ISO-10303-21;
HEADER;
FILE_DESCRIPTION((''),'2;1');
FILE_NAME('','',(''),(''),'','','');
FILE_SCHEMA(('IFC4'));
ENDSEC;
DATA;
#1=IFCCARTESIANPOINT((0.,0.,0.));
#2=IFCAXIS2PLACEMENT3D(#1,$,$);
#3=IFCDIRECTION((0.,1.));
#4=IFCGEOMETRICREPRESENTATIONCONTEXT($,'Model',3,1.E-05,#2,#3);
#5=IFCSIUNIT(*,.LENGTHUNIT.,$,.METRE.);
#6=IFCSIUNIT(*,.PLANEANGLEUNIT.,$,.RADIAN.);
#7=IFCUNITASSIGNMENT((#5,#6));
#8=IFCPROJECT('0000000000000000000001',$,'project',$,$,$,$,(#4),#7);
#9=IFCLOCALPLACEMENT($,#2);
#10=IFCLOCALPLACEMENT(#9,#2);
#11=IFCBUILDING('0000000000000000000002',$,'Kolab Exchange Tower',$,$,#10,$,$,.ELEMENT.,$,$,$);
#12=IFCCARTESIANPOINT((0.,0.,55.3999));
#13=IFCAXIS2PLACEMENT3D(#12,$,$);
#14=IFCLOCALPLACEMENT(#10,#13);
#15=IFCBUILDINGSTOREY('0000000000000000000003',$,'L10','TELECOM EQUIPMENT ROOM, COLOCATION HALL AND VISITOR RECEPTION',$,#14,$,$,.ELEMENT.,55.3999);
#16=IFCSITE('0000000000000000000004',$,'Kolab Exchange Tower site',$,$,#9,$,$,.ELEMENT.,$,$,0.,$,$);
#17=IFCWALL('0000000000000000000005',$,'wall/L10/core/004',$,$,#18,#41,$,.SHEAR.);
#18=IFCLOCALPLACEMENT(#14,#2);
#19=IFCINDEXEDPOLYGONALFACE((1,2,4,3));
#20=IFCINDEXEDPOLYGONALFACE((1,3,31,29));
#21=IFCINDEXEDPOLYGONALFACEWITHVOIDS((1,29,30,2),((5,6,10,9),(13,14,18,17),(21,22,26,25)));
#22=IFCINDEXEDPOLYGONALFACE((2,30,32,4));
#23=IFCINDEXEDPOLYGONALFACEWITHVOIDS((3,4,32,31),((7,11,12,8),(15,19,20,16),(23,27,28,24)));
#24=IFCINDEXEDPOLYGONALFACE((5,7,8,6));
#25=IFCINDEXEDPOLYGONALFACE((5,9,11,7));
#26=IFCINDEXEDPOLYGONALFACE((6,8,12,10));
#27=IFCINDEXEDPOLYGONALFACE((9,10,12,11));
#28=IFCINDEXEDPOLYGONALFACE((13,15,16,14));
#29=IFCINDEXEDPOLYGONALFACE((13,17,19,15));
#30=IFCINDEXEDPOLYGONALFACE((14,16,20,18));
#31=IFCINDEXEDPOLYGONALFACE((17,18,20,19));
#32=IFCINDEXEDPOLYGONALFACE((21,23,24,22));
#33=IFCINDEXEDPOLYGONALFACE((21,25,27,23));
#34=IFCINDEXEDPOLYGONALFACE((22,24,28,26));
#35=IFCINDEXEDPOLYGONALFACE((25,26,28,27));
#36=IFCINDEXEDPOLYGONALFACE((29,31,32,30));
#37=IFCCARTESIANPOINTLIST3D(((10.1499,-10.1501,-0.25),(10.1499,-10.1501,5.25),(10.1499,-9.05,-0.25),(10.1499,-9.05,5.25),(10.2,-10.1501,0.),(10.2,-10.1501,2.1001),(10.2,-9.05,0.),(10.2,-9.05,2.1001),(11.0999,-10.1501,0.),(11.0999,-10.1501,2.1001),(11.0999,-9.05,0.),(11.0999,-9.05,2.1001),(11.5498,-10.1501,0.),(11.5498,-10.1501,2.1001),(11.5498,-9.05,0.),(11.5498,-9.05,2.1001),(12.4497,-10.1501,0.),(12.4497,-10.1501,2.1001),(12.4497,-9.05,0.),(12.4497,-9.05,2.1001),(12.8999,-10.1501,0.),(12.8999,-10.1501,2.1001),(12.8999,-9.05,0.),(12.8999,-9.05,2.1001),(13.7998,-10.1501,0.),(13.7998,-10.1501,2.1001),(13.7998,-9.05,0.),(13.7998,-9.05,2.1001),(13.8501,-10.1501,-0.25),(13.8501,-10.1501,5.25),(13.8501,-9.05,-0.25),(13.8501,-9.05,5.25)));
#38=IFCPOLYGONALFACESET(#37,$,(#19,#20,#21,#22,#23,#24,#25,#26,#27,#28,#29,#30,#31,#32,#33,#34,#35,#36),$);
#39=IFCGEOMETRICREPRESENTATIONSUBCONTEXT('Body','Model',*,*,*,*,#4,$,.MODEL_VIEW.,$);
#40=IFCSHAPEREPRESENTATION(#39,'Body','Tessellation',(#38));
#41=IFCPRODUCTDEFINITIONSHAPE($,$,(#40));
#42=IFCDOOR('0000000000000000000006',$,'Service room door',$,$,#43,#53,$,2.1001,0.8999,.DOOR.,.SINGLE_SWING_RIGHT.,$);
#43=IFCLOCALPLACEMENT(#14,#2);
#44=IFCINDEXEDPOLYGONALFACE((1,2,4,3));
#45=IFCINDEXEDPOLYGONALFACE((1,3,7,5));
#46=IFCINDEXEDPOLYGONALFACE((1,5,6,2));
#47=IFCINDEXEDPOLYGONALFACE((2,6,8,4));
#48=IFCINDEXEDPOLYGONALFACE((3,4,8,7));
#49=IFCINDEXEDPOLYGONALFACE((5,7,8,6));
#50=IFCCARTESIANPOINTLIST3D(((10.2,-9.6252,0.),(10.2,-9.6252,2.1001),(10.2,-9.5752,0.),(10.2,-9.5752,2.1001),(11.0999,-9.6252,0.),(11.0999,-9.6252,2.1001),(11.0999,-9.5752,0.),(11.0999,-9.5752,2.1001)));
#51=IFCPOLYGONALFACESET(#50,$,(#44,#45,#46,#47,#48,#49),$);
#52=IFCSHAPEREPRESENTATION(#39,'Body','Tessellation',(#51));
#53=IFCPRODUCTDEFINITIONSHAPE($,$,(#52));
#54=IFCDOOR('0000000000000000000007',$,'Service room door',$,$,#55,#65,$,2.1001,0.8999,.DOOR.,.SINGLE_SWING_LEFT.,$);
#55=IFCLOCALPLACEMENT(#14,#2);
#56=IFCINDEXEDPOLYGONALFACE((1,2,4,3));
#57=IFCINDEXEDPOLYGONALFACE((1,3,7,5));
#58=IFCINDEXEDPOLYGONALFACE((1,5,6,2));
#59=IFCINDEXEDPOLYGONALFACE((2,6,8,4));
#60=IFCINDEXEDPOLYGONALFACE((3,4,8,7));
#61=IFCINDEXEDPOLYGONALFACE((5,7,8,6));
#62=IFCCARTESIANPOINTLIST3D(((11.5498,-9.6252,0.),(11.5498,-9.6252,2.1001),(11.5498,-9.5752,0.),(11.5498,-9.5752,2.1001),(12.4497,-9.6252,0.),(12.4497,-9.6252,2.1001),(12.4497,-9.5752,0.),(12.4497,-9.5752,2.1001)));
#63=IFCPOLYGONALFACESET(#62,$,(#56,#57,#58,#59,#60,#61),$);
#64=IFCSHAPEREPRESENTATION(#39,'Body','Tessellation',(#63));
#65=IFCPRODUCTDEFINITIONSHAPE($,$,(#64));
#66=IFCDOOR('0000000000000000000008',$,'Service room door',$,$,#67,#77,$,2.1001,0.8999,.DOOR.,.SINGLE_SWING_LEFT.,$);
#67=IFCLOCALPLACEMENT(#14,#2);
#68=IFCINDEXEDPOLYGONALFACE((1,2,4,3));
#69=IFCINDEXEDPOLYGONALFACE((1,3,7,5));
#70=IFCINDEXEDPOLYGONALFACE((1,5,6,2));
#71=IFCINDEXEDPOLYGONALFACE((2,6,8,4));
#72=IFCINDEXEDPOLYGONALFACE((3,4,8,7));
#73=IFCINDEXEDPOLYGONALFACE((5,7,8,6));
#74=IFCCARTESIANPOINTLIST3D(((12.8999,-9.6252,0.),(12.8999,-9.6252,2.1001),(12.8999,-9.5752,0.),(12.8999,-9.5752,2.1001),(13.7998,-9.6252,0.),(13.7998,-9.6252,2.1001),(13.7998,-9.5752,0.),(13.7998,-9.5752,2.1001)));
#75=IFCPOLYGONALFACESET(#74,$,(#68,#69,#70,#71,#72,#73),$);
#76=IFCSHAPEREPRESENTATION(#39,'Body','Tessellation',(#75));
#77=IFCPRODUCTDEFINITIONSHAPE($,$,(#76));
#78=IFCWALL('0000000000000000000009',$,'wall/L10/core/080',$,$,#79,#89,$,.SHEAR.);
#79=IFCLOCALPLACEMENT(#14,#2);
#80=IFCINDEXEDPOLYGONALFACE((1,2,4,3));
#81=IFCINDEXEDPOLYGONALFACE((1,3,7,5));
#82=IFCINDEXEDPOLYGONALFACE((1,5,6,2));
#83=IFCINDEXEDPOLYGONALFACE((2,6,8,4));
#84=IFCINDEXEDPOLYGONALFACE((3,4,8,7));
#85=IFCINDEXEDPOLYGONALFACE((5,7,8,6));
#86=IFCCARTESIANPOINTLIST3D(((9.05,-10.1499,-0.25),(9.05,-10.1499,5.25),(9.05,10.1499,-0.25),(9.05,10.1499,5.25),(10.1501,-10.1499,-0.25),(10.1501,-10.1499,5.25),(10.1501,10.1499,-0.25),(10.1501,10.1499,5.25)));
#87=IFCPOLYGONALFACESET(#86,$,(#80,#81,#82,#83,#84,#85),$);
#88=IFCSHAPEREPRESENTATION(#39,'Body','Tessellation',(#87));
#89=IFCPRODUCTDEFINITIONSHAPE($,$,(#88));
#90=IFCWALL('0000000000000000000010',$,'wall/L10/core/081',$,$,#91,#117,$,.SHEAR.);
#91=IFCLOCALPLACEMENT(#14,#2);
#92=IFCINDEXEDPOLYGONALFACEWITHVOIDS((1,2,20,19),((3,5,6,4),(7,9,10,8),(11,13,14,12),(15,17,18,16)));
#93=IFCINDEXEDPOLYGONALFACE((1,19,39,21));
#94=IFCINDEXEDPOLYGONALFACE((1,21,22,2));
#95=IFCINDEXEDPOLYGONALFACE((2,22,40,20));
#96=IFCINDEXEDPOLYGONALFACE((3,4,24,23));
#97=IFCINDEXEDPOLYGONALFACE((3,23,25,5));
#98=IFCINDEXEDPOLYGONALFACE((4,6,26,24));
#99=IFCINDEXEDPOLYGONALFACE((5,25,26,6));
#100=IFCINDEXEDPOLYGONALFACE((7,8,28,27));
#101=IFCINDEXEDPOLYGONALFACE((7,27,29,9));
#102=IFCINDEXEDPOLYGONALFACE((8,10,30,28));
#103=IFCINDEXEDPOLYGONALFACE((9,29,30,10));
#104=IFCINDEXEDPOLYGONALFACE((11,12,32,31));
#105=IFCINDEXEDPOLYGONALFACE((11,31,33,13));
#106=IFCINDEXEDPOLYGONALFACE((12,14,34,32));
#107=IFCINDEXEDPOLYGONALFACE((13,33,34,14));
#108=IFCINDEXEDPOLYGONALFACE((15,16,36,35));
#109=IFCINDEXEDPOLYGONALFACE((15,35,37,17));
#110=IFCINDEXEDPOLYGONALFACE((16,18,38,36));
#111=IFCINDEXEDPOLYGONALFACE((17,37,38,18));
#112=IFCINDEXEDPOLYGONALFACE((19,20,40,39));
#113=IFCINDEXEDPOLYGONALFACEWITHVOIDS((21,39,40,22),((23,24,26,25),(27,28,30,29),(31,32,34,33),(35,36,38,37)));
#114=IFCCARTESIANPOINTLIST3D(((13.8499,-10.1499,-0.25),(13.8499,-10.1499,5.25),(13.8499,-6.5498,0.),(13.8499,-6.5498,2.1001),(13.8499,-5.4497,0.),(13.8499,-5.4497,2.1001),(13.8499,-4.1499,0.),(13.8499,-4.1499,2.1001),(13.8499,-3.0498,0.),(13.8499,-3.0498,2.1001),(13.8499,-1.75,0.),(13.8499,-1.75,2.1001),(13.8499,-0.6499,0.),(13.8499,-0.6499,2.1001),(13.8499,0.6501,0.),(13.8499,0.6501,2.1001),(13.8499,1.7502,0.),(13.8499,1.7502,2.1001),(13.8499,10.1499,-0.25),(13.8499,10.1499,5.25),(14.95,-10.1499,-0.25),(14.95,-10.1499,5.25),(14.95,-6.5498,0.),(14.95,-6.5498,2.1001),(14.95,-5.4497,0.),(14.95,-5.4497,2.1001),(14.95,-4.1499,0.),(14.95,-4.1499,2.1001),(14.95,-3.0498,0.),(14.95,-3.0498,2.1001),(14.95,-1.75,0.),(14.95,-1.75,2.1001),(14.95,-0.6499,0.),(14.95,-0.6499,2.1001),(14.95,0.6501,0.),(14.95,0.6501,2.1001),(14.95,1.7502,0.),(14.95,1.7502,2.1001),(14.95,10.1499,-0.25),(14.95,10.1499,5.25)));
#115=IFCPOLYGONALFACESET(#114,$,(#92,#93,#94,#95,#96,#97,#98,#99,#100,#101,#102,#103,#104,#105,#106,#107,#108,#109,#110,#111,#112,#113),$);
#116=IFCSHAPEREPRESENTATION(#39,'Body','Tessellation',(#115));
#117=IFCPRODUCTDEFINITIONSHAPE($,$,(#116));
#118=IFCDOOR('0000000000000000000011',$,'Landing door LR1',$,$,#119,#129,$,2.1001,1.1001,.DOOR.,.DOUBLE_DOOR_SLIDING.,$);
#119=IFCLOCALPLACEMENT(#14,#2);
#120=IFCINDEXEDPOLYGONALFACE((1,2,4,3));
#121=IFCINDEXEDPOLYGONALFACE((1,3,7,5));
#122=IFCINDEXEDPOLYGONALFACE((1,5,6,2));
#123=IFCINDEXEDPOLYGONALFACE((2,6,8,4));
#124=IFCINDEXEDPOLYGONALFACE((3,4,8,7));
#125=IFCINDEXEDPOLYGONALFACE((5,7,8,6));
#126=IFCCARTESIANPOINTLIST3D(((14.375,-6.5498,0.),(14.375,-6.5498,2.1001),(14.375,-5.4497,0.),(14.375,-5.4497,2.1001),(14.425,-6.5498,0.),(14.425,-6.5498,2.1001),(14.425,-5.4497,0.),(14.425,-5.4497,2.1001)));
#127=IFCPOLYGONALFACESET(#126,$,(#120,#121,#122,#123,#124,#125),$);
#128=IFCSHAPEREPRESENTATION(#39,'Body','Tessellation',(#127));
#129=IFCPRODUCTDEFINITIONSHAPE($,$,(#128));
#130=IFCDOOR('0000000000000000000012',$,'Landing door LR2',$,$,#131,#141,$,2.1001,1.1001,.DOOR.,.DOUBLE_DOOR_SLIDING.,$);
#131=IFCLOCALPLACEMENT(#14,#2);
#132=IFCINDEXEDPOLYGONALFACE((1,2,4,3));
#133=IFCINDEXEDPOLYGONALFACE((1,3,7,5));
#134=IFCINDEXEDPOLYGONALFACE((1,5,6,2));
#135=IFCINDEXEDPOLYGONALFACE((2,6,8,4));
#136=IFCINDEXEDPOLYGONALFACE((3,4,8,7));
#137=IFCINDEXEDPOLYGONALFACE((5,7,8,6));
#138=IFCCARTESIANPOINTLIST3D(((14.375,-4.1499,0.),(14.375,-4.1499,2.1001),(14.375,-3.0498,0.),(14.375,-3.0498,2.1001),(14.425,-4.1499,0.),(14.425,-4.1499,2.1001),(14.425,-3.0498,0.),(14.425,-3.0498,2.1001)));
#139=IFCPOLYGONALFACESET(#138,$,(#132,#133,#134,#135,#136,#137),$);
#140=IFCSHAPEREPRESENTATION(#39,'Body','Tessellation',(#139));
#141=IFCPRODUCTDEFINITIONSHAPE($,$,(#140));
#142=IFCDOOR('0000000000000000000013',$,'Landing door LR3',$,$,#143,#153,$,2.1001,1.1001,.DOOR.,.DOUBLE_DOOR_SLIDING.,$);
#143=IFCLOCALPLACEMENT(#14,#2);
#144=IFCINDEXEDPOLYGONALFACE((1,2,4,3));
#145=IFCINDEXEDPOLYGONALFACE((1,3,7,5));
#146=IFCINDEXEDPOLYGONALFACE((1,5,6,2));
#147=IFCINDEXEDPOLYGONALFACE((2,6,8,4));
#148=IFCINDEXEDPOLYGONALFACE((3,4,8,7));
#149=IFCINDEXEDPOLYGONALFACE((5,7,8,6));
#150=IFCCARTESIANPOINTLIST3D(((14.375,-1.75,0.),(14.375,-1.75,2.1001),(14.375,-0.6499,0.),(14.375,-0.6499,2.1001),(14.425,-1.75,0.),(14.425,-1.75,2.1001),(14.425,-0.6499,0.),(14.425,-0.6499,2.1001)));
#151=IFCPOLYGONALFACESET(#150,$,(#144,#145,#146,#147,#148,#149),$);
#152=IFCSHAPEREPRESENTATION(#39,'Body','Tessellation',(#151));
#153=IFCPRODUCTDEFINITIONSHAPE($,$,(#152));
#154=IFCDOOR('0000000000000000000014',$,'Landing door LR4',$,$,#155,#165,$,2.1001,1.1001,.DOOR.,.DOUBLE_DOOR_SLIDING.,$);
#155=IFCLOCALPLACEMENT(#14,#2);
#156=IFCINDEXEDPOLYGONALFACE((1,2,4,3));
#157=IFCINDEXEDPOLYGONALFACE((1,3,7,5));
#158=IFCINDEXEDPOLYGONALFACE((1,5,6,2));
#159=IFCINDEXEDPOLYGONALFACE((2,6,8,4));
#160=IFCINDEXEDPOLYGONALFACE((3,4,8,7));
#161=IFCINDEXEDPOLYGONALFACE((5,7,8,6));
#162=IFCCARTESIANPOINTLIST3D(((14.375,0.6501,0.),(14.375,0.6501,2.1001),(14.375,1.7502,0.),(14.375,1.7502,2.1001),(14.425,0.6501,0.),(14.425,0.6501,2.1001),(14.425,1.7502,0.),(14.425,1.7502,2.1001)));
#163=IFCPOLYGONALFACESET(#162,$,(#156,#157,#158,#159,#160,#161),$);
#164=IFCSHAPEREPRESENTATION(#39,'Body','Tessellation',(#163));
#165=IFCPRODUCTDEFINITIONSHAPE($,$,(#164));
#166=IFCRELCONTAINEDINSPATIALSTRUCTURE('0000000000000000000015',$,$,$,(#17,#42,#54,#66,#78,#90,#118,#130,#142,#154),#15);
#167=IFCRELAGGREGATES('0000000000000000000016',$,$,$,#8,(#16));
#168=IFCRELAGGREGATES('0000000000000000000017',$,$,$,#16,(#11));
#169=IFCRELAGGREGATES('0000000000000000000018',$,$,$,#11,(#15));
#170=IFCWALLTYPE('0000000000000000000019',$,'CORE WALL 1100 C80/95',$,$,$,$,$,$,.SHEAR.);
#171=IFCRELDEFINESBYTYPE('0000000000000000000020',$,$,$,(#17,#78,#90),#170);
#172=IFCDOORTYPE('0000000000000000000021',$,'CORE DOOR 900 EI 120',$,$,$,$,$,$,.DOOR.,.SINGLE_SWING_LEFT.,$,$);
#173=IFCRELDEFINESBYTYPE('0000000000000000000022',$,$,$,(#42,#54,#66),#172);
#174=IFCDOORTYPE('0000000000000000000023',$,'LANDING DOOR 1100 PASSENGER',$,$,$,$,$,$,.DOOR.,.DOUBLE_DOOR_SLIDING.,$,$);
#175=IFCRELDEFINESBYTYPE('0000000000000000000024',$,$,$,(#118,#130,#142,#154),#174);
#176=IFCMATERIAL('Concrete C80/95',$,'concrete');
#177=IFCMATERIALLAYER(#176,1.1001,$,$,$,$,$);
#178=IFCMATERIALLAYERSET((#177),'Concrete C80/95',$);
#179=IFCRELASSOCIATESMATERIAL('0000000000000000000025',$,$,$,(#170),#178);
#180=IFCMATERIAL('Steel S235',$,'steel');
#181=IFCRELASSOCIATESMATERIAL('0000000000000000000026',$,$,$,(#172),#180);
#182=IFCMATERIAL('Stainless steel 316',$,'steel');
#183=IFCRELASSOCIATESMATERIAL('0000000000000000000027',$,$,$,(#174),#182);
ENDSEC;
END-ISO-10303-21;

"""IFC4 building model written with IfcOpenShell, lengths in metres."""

from ifc_helpers import new_model, si_unit, direction, frame, frame_2d, origin, place, context, subcontext, project, spatial, rectangle, extrude, material, layer, layer_set, type_object, element, fill, save


model = new_model("IFC4")

# Units and contexts
model_context = context("Model", 3, precision=1e-05, world=origin(), true_north=direction((0.0, 1.0)))
body_context = subcontext(model_context, "Body", "Model", "MODEL_VIEW")
ifc_project = project(units=[si_unit("LENGTHUNIT", "METRE"), si_unit("PLANEANGLEUNIT", "RADIAN")], contexts=[model_context])

# Site, building, storey
site_placement = place(None, origin())
site = spatial("IfcSite", under=ifc_project, at=site_placement, Name="Kolab Exchange Tower site", CompositionType="ELEMENT", RefElevation=0.0)
building_placement = place(site_placement, origin())
building = spatial("IfcBuilding", under=site, at=building_placement, Name="Kolab Exchange Tower", CompositionType="ELEMENT")
storey_placement = place(building_placement, frame((0.0, 0.0, 55.3999)))
storey = spatial("IfcBuildingStorey", under=building, at=storey_placement, Name="L10", Description="TELECOM EQUIPMENT ROOM, COLOCATION HALL AND VISITOR RECEPTION", CompositionType="ELEMENT", Elevation=55.3999)

# Shared definitions
ifc_material_1 = material(Name="Concrete C80/95", Category="concrete")

# Wall, openings, doors
ifc_layer_1 = layer(ifc_material_1, 1.1001)
ifc_layer_set_1 = layer_set([ifc_layer_1], Name="Concrete C80/95")
wall_type_1 = type_object("IfcWallType", Name="CORE WALL 1100 C80/95", PredefinedType="SHEAR", material=ifc_layer_set_1)
wall_1_placement = place(storey_placement, frame((10.1499, -9.6001, -0.25), z_axis=(0.0, 0.0, 1.0), x_axis=(1.0, 0.0, 0.0)))
wall_1 = element("IfcWall", 1, at=wall_1_placement, inside=storey, type_object=wall_type_1, Name="wall/L10/core/004", PredefinedType="SHEAR", context=body_context, shape_type="SweptSolid", body=[
    extrude(rectangle(XDim=3.7002, YDim=1.1001, at=frame_2d((1.8501, 0.0))), origin(), (0.0, 0.0, 1.0), 5.5),
])
opening_1_placement = place(wall_1_placement, frame((0.05, 0.0, 0.25)))
opening_1 = element("IfcOpeningElement", 2, at=opening_1_placement, cuts=wall_1, PredefinedType="OPENING", context=body_context, shape_type="SweptSolid", body=[
    extrude(rectangle(XDim=0.8999, YDim=2.1001, at=frame_2d((0.45, 1.05))), frame((0.0, 0.5601, 0.0), z_axis=(0.0, -1.0, 0.0), x_axis=(1.0, 0.0, 0.0)), (0.0, 0.0, 1.0), 1.1201),
])
opening_2_placement = place(wall_1_placement, frame((1.3999, 0.0, 0.25)))
opening_2 = element("IfcOpeningElement", 3, at=opening_2_placement, cuts=wall_1, PredefinedType="OPENING", context=body_context, shape_type="SweptSolid", body=[
    extrude(rectangle(XDim=0.8999, YDim=2.1001, at=frame_2d((0.45, 1.05))), frame((0.0, 0.5601, 0.0), z_axis=(0.0, -1.0, 0.0), x_axis=(1.0, 0.0, 0.0)), (0.0, 0.0, 1.0), 1.1201),
])
opening_3_placement = place(wall_1_placement, frame((2.75, 0.0, 0.25)))
opening_3 = element("IfcOpeningElement", 4, at=opening_3_placement, cuts=wall_1, PredefinedType="OPENING", context=body_context, shape_type="SweptSolid", body=[
    extrude(rectangle(XDim=0.8999, YDim=2.1001, at=frame_2d((0.45, 1.05))), frame((0.0, 0.5601, 0.0), z_axis=(0.0, -1.0, 0.0), x_axis=(1.0, 0.0, 0.0)), (0.0, 0.0, 1.0), 1.1201),
])
ifc_material_2 = material(Name="Steel S235", Category="steel")
door_type_1 = type_object("IfcDoorType", Name="CORE DOOR 900 EI 120", OperationType="SINGLE_SWING_LEFT", PredefinedType="DOOR", material=ifc_material_2)
door_1_placement = place(opening_1_placement, origin())
door_1 = element("IfcDoor", 5, at=door_1_placement, inside=storey, type_object=door_type_1, Name="Service room door", OperationType="SINGLE_SWING_RIGHT", OverallHeight=2.1001, OverallWidth=0.8999, PredefinedType="DOOR", context=body_context, shape_type="SweptSolid", body=[
    extrude(rectangle(XDim=0.8999, YDim=2.1001, at=frame_2d((0.45, 1.05))), frame((0.0, 0.0249, 0.0), z_axis=(0.0, -1.0, 0.0), x_axis=(1.0, 0.0, 0.0)), (0.0, 0.0, 1.0), 0.05),
])
fill(opening_1, door_1)
door_2_placement = place(opening_2_placement, origin())
door_2 = element("IfcDoor", 6, at=door_2_placement, inside=storey, type_object=door_type_1, Name="Service room door", OperationType="SINGLE_SWING_LEFT", OverallHeight=2.1001, OverallWidth=0.8999, PredefinedType="DOOR", context=body_context, shape_type="SweptSolid", body=[
    extrude(rectangle(XDim=0.8999, YDim=2.1001, at=frame_2d((0.45, 1.05))), frame((0.0, 0.0249, 0.0), z_axis=(0.0, -1.0, 0.0), x_axis=(1.0, 0.0, 0.0)), (0.0, 0.0, 1.0), 0.05),
])
fill(opening_2, door_2)
door_3_placement = place(opening_3_placement, origin())
door_3 = element("IfcDoor", 7, at=door_3_placement, inside=storey, type_object=door_type_1, Name="Service room door", OperationType="SINGLE_SWING_LEFT", OverallHeight=2.1001, OverallWidth=0.8999, PredefinedType="DOOR", context=body_context, shape_type="SweptSolid", body=[
    extrude(rectangle(XDim=0.8999, YDim=2.1001, at=frame_2d((0.45, 1.05))), frame((0.0, 0.0249, 0.0), z_axis=(0.0, -1.0, 0.0), x_axis=(1.0, 0.0, 0.0)), (0.0, 0.0, 1.0), 0.05),
])
fill(opening_3, door_3)

# Wall
wall_2_placement = place(storey_placement, frame((9.6001, -10.1499, -0.25), z_axis=(0.0, 0.0, 1.0), x_axis=(0.0, 1.0, 0.0)))
element("IfcWall", 8, at=wall_2_placement, inside=storey, type_object=wall_type_1, Name="wall/L10/core/080", PredefinedType="SHEAR", context=body_context, shape_type="SweptSolid", body=[
    extrude(rectangle(XDim=20.2998, YDim=1.1001, at=frame_2d((10.1499, 0.0))), origin(), (0.0, 0.0, 1.0), 5.5),
])

# Wall, openings, doors
wall_3_placement = place(storey_placement, frame((14.3999, -10.1499, -0.25), z_axis=(0.0, 0.0, 1.0), x_axis=(0.0, 1.0, 0.0)))
wall_3 = element("IfcWall", 9, at=wall_3_placement, inside=storey, type_object=wall_type_1, Name="wall/L10/core/081", PredefinedType="SHEAR", context=body_context, shape_type="SweptSolid", body=[
    extrude(rectangle(XDim=20.2998, YDim=1.1001, at=frame_2d((10.1499, 0.0))), origin(), (0.0, 0.0, 1.0), 5.5),
])
opening_4_placement = place(wall_3_placement, frame((3.6001, 0.0, 0.25)))
opening_4 = element("IfcOpeningElement", 10, at=opening_4_placement, cuts=wall_3, PredefinedType="OPENING", context=body_context, shape_type="SweptSolid", body=[
    extrude(rectangle(XDim=1.1001, YDim=2.1001, at=frame_2d((0.55, 1.05))), frame((0.0, 0.5601, 0.0), z_axis=(0.0, -1.0, 0.0), x_axis=(1.0, 0.0, 0.0)), (0.0, 0.0, 1.0), 1.1201),
])
opening_5_placement = place(wall_3_placement, frame((6.0, 0.0, 0.25)))
opening_5 = element("IfcOpeningElement", 11, at=opening_5_placement, cuts=wall_3, PredefinedType="OPENING", context=body_context, shape_type="SweptSolid", body=[
    extrude(rectangle(XDim=1.1001, YDim=2.1001, at=frame_2d((0.55, 1.05))), frame((0.0, 0.5601, 0.0), z_axis=(0.0, -1.0, 0.0), x_axis=(1.0, 0.0, 0.0)), (0.0, 0.0, 1.0), 1.1201),
])
opening_6_placement = place(wall_3_placement, frame((8.3999, 0.0, 0.25)))
opening_6 = element("IfcOpeningElement", 12, at=opening_6_placement, cuts=wall_3, PredefinedType="OPENING", context=body_context, shape_type="SweptSolid", body=[
    extrude(rectangle(XDim=1.1001, YDim=2.1001, at=frame_2d((0.55, 1.05))), frame((0.0, 0.5601, 0.0), z_axis=(0.0, -1.0, 0.0), x_axis=(1.0, 0.0, 0.0)), (0.0, 0.0, 1.0), 1.1201),
])
opening_7_placement = place(wall_3_placement, frame((10.8, 0.0, 0.25)))
opening_7 = element("IfcOpeningElement", 13, at=opening_7_placement, cuts=wall_3, PredefinedType="OPENING", context=body_context, shape_type="SweptSolid", body=[
    extrude(rectangle(XDim=1.1001, YDim=2.1001, at=frame_2d((0.55, 1.05))), frame((0.0, 0.5601, 0.0), z_axis=(0.0, -1.0, 0.0), x_axis=(1.0, 0.0, 0.0)), (0.0, 0.0, 1.0), 1.1201),
])
ifc_material_3 = material(Name="Stainless steel 316", Category="steel")
door_type_2 = type_object("IfcDoorType", Name="LANDING DOOR 1100 PASSENGER", OperationType="DOUBLE_DOOR_SLIDING", PredefinedType="DOOR", material=ifc_material_3)
door_4_placement = place(opening_4_placement, origin())
door_4 = element("IfcDoor", 14, at=door_4_placement, inside=storey, type_object=door_type_2, Name="Landing door LR1", OperationType="DOUBLE_DOOR_SLIDING", OverallHeight=2.1001, OverallWidth=1.1001, PredefinedType="DOOR", context=body_context, shape_type="SweptSolid", body=[
    extrude(rectangle(XDim=1.1001, YDim=2.1001, at=frame_2d((0.55, 1.05))), frame((0.0, 0.0249, 0.0), z_axis=(0.0, -1.0, 0.0), x_axis=(1.0, 0.0, 0.0)), (0.0, 0.0, 1.0), 0.05),
])
fill(opening_4, door_4)
door_5_placement = place(opening_5_placement, origin())
door_5 = element("IfcDoor", 15, at=door_5_placement, inside=storey, type_object=door_type_2, Name="Landing door LR2", OperationType="DOUBLE_DOOR_SLIDING", OverallHeight=2.1001, OverallWidth=1.1001, PredefinedType="DOOR", context=body_context, shape_type="SweptSolid", body=[
    extrude(rectangle(XDim=1.1001, YDim=2.1001, at=frame_2d((0.55, 1.05))), frame((0.0, 0.0249, 0.0), z_axis=(0.0, -1.0, 0.0), x_axis=(1.0, 0.0, 0.0)), (0.0, 0.0, 1.0), 0.05),
])
fill(opening_5, door_5)
door_6_placement = place(opening_6_placement, origin())
door_6 = element("IfcDoor", 16, at=door_6_placement, inside=storey, type_object=door_type_2, Name="Landing door LR3", OperationType="DOUBLE_DOOR_SLIDING", OverallHeight=2.1001, OverallWidth=1.1001, PredefinedType="DOOR", context=body_context, shape_type="SweptSolid", body=[
    extrude(rectangle(XDim=1.1001, YDim=2.1001, at=frame_2d((0.55, 1.05))), frame((0.0, 0.0249, 0.0), z_axis=(0.0, -1.0, 0.0), x_axis=(1.0, 0.0, 0.0)), (0.0, 0.0, 1.0), 0.05),
])
fill(opening_6, door_6)
door_7_placement = place(opening_7_placement, origin())
door_7 = element("IfcDoor", 17, at=door_7_placement, inside=storey, type_object=door_type_2, Name="Landing door LR4", OperationType="DOUBLE_DOOR_SLIDING", OverallHeight=2.1001, OverallWidth=1.1001, PredefinedType="DOOR", context=body_context, shape_type="SweptSolid", body=[
    extrude(rectangle(XDim=1.1001, YDim=2.1001, at=frame_2d((0.55, 1.05))), frame((0.0, 0.0249, 0.0), z_axis=(0.0, -1.0, 0.0), x_axis=(1.0, 0.0, 0.0)), (0.0, 0.0, 1.0), 0.05),
])
fill(opening_7, door_7)

save(model, "model.ifc")
